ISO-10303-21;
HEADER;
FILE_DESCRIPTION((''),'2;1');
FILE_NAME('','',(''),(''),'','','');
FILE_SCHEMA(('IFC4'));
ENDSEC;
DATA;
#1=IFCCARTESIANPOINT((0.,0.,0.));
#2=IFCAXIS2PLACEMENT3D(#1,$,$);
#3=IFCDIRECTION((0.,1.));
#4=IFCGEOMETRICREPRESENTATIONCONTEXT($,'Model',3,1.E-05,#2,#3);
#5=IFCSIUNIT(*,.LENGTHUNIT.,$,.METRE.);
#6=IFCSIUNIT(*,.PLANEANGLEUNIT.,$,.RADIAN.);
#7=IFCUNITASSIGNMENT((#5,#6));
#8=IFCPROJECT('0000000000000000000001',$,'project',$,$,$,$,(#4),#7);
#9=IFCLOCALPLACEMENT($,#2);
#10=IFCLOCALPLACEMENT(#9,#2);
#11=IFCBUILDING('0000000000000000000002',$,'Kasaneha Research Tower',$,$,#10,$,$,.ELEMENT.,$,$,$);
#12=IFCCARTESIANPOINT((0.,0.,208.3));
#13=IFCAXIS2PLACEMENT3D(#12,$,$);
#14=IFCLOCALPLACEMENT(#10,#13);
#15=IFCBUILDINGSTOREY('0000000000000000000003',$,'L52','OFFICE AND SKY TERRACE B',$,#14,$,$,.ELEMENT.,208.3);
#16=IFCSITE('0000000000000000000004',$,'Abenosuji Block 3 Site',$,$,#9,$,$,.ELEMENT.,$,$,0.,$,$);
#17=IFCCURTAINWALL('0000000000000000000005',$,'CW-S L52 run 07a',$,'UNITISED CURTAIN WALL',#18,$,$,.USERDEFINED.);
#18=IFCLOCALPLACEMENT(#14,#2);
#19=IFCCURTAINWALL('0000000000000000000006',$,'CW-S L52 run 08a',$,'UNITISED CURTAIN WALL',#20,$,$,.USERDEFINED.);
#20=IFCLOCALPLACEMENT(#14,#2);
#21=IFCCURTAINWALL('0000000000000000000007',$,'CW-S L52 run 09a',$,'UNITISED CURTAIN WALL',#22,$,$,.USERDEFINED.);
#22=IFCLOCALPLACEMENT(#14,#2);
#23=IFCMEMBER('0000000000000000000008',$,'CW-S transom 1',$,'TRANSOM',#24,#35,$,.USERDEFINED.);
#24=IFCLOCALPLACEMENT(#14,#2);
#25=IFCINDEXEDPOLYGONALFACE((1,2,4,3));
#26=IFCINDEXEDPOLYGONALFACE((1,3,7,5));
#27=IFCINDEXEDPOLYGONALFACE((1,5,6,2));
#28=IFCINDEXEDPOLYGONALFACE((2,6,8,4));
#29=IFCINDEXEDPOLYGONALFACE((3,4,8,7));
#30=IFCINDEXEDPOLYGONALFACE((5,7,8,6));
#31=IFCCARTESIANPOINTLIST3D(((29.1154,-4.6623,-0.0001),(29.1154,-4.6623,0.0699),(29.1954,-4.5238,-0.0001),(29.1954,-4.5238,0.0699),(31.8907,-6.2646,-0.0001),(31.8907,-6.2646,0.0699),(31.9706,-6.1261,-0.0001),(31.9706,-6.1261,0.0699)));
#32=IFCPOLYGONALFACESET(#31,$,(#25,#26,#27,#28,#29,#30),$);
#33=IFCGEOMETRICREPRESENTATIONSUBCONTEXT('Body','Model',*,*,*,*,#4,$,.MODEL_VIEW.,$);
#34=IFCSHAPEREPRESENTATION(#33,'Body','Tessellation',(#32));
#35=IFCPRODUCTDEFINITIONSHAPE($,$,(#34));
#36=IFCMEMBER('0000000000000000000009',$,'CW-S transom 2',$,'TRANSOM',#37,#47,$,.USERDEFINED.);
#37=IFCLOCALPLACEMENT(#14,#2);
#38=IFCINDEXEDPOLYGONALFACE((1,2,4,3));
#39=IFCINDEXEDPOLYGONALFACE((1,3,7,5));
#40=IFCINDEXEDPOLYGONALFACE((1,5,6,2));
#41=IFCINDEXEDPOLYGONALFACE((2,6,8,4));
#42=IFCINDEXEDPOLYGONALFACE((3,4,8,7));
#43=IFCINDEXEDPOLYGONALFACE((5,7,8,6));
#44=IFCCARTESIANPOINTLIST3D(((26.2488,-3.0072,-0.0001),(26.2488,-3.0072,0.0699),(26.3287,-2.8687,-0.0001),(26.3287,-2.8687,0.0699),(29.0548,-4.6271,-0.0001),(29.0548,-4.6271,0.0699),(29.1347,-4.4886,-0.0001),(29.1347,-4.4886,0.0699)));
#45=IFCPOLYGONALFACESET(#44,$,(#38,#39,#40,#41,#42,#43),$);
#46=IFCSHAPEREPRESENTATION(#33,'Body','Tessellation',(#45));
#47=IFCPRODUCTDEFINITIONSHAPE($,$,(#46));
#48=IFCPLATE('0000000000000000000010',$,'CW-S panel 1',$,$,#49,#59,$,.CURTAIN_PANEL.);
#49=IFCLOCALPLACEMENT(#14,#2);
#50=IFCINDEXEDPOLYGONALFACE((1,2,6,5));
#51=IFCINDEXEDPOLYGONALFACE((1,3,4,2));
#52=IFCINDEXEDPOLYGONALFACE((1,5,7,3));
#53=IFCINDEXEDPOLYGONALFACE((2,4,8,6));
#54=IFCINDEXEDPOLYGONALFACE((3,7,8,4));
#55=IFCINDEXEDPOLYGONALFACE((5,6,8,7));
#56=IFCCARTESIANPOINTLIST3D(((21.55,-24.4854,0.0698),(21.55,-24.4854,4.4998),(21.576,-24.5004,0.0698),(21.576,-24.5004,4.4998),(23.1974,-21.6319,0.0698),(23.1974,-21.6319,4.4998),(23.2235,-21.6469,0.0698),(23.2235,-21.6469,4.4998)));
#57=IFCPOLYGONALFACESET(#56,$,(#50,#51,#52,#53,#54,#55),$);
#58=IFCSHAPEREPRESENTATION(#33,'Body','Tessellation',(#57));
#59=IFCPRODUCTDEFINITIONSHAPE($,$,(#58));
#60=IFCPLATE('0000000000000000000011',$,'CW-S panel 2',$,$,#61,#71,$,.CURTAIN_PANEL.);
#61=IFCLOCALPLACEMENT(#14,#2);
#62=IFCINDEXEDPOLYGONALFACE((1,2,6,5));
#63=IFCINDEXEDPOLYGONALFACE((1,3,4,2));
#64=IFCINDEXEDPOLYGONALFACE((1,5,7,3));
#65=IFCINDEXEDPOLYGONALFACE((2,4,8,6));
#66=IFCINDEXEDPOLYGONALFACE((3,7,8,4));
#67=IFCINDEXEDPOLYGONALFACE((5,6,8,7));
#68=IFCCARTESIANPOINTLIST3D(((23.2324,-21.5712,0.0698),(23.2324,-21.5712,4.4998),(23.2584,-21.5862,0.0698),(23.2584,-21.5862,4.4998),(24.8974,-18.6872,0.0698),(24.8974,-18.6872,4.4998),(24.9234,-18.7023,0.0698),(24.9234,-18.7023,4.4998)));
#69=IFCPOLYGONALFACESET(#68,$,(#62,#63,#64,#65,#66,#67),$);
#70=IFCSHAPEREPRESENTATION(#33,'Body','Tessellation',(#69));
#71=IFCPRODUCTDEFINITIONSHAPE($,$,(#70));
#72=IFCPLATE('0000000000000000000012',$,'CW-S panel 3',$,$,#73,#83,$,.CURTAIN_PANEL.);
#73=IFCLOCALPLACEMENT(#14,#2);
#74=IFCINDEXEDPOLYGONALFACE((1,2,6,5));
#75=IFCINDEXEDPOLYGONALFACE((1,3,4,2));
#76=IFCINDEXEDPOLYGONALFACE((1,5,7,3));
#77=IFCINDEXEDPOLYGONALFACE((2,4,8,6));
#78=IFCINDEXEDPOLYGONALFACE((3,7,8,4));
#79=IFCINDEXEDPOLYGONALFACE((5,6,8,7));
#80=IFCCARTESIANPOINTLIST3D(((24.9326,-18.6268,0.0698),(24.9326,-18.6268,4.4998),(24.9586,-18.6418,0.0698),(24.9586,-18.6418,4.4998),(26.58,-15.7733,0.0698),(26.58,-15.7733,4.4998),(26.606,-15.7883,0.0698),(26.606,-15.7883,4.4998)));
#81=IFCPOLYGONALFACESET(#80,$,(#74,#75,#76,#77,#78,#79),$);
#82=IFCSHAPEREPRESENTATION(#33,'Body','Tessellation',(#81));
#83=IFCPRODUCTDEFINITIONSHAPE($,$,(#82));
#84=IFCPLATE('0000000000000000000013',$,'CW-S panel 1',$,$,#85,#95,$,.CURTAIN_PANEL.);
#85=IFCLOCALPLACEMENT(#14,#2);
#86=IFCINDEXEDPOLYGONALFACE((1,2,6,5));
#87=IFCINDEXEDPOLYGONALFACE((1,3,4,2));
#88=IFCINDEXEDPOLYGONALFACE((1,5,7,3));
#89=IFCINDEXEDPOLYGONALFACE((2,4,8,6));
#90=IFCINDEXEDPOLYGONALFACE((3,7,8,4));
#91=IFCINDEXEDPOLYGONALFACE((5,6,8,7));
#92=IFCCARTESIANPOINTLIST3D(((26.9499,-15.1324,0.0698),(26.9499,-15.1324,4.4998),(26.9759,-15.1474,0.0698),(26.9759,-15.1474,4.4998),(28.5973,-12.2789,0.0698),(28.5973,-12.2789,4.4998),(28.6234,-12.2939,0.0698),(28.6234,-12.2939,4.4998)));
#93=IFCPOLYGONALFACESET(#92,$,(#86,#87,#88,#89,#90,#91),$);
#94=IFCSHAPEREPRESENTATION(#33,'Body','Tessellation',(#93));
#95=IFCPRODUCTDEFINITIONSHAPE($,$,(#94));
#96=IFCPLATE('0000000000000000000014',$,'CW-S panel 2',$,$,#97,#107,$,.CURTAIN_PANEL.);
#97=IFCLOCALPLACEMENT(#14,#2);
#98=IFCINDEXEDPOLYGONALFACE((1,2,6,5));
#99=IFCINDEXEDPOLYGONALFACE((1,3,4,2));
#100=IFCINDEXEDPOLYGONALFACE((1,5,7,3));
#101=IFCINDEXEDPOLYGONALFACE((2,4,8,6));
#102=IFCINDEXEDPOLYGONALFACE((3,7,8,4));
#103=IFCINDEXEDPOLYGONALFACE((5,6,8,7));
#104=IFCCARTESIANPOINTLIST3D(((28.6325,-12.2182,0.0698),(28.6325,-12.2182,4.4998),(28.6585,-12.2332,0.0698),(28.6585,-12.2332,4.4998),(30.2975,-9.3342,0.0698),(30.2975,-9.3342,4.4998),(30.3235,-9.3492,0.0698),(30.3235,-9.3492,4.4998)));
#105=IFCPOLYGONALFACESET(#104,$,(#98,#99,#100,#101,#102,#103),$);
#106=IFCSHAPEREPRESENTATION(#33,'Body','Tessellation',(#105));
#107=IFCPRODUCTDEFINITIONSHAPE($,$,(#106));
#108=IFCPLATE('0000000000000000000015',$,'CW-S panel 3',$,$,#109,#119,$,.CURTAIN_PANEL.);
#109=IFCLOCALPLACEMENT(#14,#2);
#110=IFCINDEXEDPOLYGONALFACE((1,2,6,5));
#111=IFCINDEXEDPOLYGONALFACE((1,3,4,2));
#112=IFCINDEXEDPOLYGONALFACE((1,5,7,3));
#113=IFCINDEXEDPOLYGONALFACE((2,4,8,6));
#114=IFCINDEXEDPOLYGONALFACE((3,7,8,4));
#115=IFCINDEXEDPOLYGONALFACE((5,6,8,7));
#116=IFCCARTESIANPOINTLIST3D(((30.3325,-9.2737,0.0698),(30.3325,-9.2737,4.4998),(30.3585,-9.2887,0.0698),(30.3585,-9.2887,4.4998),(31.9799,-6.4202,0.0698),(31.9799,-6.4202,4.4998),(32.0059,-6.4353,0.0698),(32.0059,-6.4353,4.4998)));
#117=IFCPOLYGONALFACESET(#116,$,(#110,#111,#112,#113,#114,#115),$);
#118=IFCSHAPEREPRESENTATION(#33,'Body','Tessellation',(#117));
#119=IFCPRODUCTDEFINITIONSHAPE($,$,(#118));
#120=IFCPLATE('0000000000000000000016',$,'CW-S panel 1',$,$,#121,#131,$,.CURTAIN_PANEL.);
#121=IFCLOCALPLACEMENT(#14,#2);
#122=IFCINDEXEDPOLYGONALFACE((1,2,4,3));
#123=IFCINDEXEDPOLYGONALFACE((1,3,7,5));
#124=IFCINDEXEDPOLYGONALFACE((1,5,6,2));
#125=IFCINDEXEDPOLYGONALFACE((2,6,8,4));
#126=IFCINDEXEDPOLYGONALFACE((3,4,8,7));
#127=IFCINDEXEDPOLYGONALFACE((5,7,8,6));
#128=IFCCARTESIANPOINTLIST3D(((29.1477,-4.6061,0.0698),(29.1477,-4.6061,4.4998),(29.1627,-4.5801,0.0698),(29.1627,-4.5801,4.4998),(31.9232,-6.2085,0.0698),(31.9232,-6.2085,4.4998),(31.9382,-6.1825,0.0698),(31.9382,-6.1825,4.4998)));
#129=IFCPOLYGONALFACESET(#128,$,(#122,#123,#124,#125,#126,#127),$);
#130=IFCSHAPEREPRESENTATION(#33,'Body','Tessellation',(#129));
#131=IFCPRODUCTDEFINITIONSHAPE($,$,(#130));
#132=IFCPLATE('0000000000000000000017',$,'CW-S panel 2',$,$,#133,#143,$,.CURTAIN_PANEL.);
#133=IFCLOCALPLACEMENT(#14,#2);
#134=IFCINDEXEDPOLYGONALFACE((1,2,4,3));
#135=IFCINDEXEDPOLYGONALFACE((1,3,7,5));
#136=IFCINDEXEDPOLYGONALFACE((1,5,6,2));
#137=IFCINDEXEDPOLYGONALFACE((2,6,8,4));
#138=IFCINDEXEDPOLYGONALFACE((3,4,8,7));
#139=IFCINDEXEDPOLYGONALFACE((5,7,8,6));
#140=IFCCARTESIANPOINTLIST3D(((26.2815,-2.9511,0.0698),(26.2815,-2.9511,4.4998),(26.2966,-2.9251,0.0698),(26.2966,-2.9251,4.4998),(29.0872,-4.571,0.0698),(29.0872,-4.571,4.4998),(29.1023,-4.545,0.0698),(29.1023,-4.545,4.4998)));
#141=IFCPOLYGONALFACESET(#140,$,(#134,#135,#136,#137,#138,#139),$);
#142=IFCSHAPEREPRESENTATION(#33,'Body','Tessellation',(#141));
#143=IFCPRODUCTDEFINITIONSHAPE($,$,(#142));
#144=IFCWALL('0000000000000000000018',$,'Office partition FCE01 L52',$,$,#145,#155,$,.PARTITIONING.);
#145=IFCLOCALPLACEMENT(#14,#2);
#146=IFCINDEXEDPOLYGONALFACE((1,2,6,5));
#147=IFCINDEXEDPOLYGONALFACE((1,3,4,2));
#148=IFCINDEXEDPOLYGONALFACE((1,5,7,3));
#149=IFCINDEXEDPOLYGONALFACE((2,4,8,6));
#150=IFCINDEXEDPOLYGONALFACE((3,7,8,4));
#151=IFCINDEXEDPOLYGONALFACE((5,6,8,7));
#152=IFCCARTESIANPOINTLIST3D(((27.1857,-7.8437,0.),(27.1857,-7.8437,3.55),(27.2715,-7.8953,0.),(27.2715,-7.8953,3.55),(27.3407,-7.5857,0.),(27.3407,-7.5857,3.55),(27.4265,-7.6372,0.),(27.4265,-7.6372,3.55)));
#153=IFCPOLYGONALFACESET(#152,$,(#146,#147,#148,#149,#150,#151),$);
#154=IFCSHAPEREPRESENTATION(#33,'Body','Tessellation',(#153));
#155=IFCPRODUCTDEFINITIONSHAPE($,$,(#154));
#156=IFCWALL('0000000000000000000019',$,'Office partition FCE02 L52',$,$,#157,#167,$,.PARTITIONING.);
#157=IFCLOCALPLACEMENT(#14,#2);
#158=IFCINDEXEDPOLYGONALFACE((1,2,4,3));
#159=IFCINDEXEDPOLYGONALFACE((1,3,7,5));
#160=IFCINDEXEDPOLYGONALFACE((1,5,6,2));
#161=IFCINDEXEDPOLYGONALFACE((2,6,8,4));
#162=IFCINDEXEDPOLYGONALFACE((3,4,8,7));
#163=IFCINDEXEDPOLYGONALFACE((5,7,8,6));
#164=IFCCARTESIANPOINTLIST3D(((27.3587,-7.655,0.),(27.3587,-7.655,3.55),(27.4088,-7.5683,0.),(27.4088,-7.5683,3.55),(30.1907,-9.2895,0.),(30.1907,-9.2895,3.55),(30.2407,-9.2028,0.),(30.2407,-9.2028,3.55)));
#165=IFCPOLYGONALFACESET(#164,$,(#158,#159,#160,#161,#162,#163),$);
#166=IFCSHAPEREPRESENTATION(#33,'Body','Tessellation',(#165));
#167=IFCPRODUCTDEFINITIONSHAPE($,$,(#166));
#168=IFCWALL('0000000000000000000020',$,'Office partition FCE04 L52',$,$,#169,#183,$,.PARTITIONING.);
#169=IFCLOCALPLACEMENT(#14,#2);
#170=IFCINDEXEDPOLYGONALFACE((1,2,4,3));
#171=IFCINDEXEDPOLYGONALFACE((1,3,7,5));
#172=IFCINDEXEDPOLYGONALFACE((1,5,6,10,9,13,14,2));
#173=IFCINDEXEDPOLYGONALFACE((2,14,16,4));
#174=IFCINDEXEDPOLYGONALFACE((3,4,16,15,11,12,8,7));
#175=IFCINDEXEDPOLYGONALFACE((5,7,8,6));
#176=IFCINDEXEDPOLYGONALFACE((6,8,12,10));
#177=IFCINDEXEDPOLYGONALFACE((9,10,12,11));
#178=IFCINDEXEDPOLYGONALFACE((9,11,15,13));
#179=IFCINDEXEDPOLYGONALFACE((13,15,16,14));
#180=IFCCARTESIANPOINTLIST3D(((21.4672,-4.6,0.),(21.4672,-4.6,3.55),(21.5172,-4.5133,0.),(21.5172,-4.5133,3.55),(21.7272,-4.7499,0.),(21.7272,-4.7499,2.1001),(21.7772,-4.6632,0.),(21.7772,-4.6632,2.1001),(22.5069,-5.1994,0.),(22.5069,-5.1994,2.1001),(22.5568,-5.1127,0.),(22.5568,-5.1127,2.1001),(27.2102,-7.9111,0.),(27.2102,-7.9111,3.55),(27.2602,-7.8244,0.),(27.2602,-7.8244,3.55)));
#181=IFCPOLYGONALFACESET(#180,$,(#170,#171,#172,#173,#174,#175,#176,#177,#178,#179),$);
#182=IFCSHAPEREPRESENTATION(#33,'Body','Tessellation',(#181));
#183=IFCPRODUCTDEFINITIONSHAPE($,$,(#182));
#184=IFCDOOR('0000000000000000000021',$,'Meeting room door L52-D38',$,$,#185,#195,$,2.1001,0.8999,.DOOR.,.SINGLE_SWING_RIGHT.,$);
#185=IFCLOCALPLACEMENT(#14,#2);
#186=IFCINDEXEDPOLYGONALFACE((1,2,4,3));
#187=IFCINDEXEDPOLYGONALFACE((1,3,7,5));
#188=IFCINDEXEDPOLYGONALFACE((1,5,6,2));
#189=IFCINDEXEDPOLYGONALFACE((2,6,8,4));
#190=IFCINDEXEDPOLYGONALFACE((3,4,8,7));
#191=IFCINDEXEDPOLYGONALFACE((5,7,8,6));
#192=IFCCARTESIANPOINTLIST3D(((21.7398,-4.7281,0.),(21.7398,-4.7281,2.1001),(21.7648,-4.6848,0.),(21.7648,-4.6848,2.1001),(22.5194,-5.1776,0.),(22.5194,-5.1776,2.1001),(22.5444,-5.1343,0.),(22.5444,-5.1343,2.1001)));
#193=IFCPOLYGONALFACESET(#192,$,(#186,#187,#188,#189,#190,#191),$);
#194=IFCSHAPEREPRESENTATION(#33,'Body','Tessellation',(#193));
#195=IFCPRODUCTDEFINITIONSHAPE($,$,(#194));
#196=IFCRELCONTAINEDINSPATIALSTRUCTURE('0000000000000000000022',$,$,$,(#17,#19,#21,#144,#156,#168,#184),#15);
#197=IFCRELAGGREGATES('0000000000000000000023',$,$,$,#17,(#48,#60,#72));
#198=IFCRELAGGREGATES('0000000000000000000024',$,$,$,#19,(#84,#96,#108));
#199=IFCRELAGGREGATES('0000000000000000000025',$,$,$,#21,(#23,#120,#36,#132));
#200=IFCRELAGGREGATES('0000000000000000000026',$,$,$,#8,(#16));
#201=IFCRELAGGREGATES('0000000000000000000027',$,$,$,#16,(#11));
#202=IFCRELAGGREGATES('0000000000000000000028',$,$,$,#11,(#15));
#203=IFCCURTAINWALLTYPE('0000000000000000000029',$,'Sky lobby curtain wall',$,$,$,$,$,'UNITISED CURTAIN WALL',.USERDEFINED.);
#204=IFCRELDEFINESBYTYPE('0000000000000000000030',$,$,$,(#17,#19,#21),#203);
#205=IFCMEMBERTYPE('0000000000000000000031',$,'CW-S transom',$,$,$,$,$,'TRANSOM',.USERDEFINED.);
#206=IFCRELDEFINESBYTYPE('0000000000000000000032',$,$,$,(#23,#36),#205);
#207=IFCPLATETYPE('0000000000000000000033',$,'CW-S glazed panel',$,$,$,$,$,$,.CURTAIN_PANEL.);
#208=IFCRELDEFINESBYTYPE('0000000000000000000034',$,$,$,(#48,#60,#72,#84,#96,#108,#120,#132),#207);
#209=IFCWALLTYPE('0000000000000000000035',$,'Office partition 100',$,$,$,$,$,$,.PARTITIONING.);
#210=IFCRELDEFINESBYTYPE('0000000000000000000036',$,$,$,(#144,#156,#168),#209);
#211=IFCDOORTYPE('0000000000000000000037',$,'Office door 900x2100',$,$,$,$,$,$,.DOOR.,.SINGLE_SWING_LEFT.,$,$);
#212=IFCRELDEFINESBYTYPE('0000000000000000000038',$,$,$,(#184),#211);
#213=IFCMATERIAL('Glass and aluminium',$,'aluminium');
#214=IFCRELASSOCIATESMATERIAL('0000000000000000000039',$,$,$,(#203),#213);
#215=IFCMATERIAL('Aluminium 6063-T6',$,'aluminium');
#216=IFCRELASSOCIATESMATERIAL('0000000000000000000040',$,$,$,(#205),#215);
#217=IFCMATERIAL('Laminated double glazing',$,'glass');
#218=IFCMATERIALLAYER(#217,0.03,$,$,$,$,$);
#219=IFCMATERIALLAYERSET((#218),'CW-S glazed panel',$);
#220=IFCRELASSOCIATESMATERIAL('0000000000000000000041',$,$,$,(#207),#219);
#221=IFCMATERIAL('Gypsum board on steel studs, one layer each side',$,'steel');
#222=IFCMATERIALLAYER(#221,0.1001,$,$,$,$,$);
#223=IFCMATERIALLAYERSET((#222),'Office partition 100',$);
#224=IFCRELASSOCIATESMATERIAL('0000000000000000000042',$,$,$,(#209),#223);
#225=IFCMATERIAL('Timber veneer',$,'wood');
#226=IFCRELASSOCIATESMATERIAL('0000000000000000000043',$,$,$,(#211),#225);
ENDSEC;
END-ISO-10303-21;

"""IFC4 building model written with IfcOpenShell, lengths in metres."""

from ifc_helpers import new_model, si_unit, direction, frame, frame_2d, origin, origin_2d, place, context, subcontext, project, spatial, rectangle, extrude, material, layer, layer_set, material_profile, profile_set, type_object, element, fill, aggregate, save


model = new_model("IFC4")

# Units and contexts
model_context = context("Model", 3, precision=1e-05, world=origin(), true_north=direction((0.0, 1.0)))
body_context = subcontext(model_context, "Body", "Model", "MODEL_VIEW")
ifc_project = project(units=[si_unit("LENGTHUNIT", "METRE"), si_unit("PLANEANGLEUNIT", "RADIAN")], contexts=[model_context])

# Site, building, storey
site_placement = place(None, origin())
site = spatial("IfcSite", under=ifc_project, at=site_placement, Name="Abenosuji Block 3 Site", CompositionType="ELEMENT", RefElevation=0.0)
building_placement = place(site_placement, origin())
building = spatial("IfcBuilding", under=site, at=building_placement, Name="Kasaneha Research Tower", CompositionType="ELEMENT")
storey_placement = place(building_placement, frame((0.0, 0.0, 208.3)))
storey = spatial("IfcBuildingStorey", under=building, at=storey_placement, Name="L52", Description="OFFICE AND SKY TERRACE B", CompositionType="ELEMENT", Elevation=208.3)

# Curtain walls
ifc_material_1 = material(Name="Glass and aluminium", Category="aluminium")
curtain_wall_type = type_object("IfcCurtainWallType", Name="Sky lobby curtain wall", ElementType="UNITISED CURTAIN WALL", PredefinedType="USERDEFINED", material=ifc_material_1)
curtain_wall_1_placement = place(storey_placement, origin())
curtain_wall_1 = element("IfcCurtainWall", 1, at=curtain_wall_1_placement, inside=storey, type_object=curtain_wall_type, Name="CW-S L52 run 07a", ObjectType="UNITISED CURTAIN WALL", PredefinedType="USERDEFINED")
curtain_wall_2_placement = place(storey_placement, origin())
curtain_wall_2 = element("IfcCurtainWall", 2, at=curtain_wall_2_placement, inside=storey, type_object=curtain_wall_type, Name="CW-S L52 run 08a", ObjectType="UNITISED CURTAIN WALL", PredefinedType="USERDEFINED")
curtain_wall_3_placement = place(storey_placement, origin())
curtain_wall_3 = element("IfcCurtainWall", 3, at=curtain_wall_3_placement, inside=storey, type_object=curtain_wall_type, Name="CW-S L52 run 09a", ObjectType="UNITISED CURTAIN WALL", PredefinedType="USERDEFINED")

# Members
ifc_material_2 = material(Name="Aluminium 6063-T6", Category="aluminium")
ifc_material_profile_1 = material_profile(ifc_material_2, rectangle(XDim=0.1599, YDim=0.0701, at=origin_2d()), Name="CW-S transom 160x70")
ifc_profile_set_1 = profile_set([ifc_material_profile_1], Name="Aluminium 6063-T6")
member_type_1 = type_object("IfcMemberType", Name="CW-S transom", ElementType="TRANSOM", PredefinedType="USERDEFINED", material=ifc_profile_set_1)
member_1_placement = place(storey_placement, frame((31.9307, -6.1953, 0.0349), z_axis=(-0.866036, 0.499982, 0.0), x_axis=(-0.499982, -0.866036, 0.0)))
member_1 = element("IfcMember", 4, at=member_1_placement, type_object=member_type_1, Name="CW-S transom 1", ObjectType="TRANSOM", PredefinedType="USERDEFINED", context=body_context, shape_type="SweptSolid", body=[
    extrude(rectangle(XDim=0.1599, YDim=0.0701, at=origin_2d()), origin(), (0.0, 0.0, 1.0), 3.2046),
])
member_2_placement = place(storey_placement, frame((29.0947, -4.5579, 0.0349), z_axis=(-0.866041, 0.499972, 0.0), x_axis=(-0.499972, -0.866041, 0.0)))
member_2 = element("IfcMember", 5, at=member_2_placement, type_object=member_type_1, Name="CW-S transom 2", ObjectType="TRANSOM", PredefinedType="USERDEFINED", context=body_context, shape_type="SweptSolid", body=[
    extrude(rectangle(XDim=0.1599, YDim=0.0701, at=origin_2d()), origin(), (0.0, 0.0, 1.0), 3.24),
])

# Plates
ifc_material_3 = material(Name="Laminated double glazing", Category="glass")
ifc_layer_1 = layer(ifc_material_3, 0.03)
ifc_layer_set_1 = layer_set([ifc_layer_1], Name="CW-S glazed panel")
plate_type = type_object("IfcPlateType", Name="CW-S glazed panel", PredefinedType="CURTAIN_PANEL", material=ifc_layer_set_1)
plate_1_placement = place(storey_placement, frame((22.3867, -23.0662, 0.0698), z_axis=(0.0, 0.0, 1.0), x_axis=(0.5, 0.866025, 0.0)))
plate_1 = element("IfcPlate", 6, at=plate_1_placement, type_object=plate_type, Name="CW-S panel 1", PredefinedType="CURTAIN_PANEL", context=body_context, shape_type="SweptSolid", body=[
    extrude(rectangle(XDim=3.2949, YDim=0.03, at=origin_2d()), origin(), (0.0, 0.0, 1.0), 4.4299),
])
plate_2_placement = place(storey_placement, frame((24.0779, -20.1367, 0.0698), z_axis=(0.0, 0.0, 1.0), x_axis=(0.5, 0.866025, 0.0)))
plate_2 = element("IfcPlate", 7, at=plate_2_placement, type_object=plate_type, Name="CW-S panel 2", PredefinedType="CURTAIN_PANEL", context=body_context, shape_type="SweptSolid", body=[
    extrude(rectangle(XDim=3.3301, YDim=0.03, at=origin_2d()), origin(), (0.0, 0.0, 1.0), 4.4299),
])
plate_3_placement = place(storey_placement, frame((25.7693, -17.2075, 0.0698), z_axis=(0.0, 0.0, 1.0), x_axis=(0.5, 0.866025, 0.0)))
plate_3 = element("IfcPlate", 8, at=plate_3_placement, type_object=plate_type, Name="CW-S panel 3", PredefinedType="CURTAIN_PANEL", context=body_context, shape_type="SweptSolid", body=[
    extrude(rectangle(XDim=3.2949, YDim=0.03, at=origin_2d()), origin(), (0.0, 0.0, 1.0), 4.4299),
])
aggregate(curtain_wall_1, [plate_1, plate_2, plate_3])
plate_4_placement = place(storey_placement, frame((27.7866, -13.7131, 0.0698), z_axis=(0.0, 0.0, 1.0), x_axis=(0.5, 0.866025, 0.0)))
plate_4 = element("IfcPlate", 9, at=plate_4_placement, type_object=plate_type, Name="CW-S panel 1", PredefinedType="CURTAIN_PANEL", context=body_context, shape_type="SweptSolid", body=[
    extrude(rectangle(XDim=3.2949, YDim=0.03, at=origin_2d()), origin(), (0.0, 0.0, 1.0), 4.4299),
])
plate_5_placement = place(storey_placement, frame((29.478, -10.7837, 0.0698), z_axis=(0.0, 0.0, 1.0), x_axis=(0.5, 0.866025, 0.0)))
plate_5 = element("IfcPlate", 10, at=plate_5_placement, type_object=plate_type, Name="CW-S panel 2", PredefinedType="CURTAIN_PANEL", context=body_context, shape_type="SweptSolid", body=[
    extrude(rectangle(XDim=3.3301, YDim=0.03, at=origin_2d()), origin(), (0.0, 0.0, 1.0), 4.4299),
])
plate_6_placement = place(storey_placement, frame((31.1692, -7.8545, 0.0698), z_axis=(0.0, 0.0, 1.0), x_axis=(0.5, 0.866025, 0.0)))
plate_6 = element("IfcPlate", 11, at=plate_6_placement, type_object=plate_type, Name="CW-S panel 3", PredefinedType="CURTAIN_PANEL", context=body_context, shape_type="SweptSolid", body=[
    extrude(rectangle(XDim=3.2949, YDim=0.03, at=origin_2d()), origin(), (0.0, 0.0, 1.0), 4.4299),
])
aggregate(curtain_wall_2, [plate_4, plate_5, plate_6])
plate_7_placement = place(storey_placement, frame((30.543, -5.3943, 0.0698), z_axis=(0.0, 0.0, 1.0), x_axis=(-0.866025, 0.5, 0.0)))
plate_7 = element("IfcPlate", 12, at=plate_7_placement, type_object=plate_type, Name="CW-S panel 1", PredefinedType="CURTAIN_PANEL", context=body_context, shape_type="SweptSolid", body=[
    extrude(rectangle(XDim=3.2048, YDim=0.03, at=origin_2d()), origin(), (0.0, 0.0, 1.0), 4.4299),
])
plate_8_placement = place(storey_placement, frame((27.6919, -3.748, 0.0698), z_axis=(0.0, 0.0, 1.0), x_axis=(-0.866025, 0.5, 0.0)))
plate_8 = element("IfcPlate", 13, at=plate_8_placement, type_object=plate_type, Name="CW-S panel 2", PredefinedType="CURTAIN_PANEL", context=body_context, shape_type="SweptSolid", body=[
    extrude(rectangle(XDim=3.2397, YDim=0.03, at=origin_2d()), origin(), (0.0, 0.0, 1.0), 4.4299),
])
aggregate(curtain_wall_3, [member_1, plate_7, member_2, plate_8])

# Walls
ifc_material_4 = material(Name="Gypsum board on steel studs, one layer each side", Category="steel")
ifc_layer_2 = layer(ifc_material_4, 0.1001)
ifc_layer_set_2 = layer_set([ifc_layer_2], Name="Office partition 100")
wall_type = type_object("IfcWallType", Name="Office partition 100", PredefinedType="PARTITIONING", material=ifc_layer_set_2)
wall_1_placement = place(storey_placement, frame((27.3835, -7.6116, 0.0), z_axis=(0.0, 0.0, 1.0), x_axis=(-0.514973, -0.857207, 0.0)))
element("IfcWall", 14, at=wall_1_placement, inside=storey, type_object=wall_type, Name="Office partition FCE01 L52", PredefinedType="PARTITIONING", context=body_context, shape_type="SweptSolid", body=[
    extrude(rectangle(XDim=0.301, YDim=0.1001, at=frame_2d((0.1504, 0.0))), origin(), (0.0, 0.0, 1.0), 3.55),
])
wall_2_placement = place(storey_placement, frame((30.2156, -9.2461, 0.0), z_axis=(0.0, 0.0, 1.0), x_axis=(-0.866099, 0.499873, 0.0)))
element("IfcWall", 15, at=wall_2_placement, inside=storey, type_object=wall_type, Name="Office partition FCE02 L52", PredefinedType="PARTITIONING", context=body_context, shape_type="SweptSolid", body=[
    extrude(rectangle(XDim=3.2698, YDim=0.1001, at=frame_2d((1.6348, 0.0))), origin(), (0.0, 0.0, 1.0), 3.55),
])

# Wall, opening, door
wall_3_placement = place(storey_placement, frame((27.2351, -7.8677, 0.0), z_axis=(0.0, 0.0, 1.0), x_axis=(-0.866328, 0.499475, 0.0)))
wall_3 = element("IfcWall", 16, at=wall_3_placement, inside=storey, type_object=wall_type, Name="Office partition FCE04 L52", PredefinedType="PARTITIONING", context=body_context, shape_type="SweptSolid", body=[
    extrude(rectangle(XDim=6.6292, YDim=0.1001, at=frame_2d((3.3145, 0.0))), origin(), (0.0, 0.0, 1.0), 3.55),
])
opening_1_placement = place(wall_3_placement, frame((5.429, 0.0, 0.0)))
opening_1 = element("IfcOpeningElement", 17, at=opening_1_placement, cuts=wall_3, PredefinedType="OPENING", context=body_context, shape_type="SweptSolid", body=[
    extrude(rectangle(XDim=0.8999, YDim=2.1001, at=frame_2d((0.45, 1.05))), frame((0.0, 0.0601, 0.0), z_axis=(0.0, -1.0, 0.0), x_axis=(1.0, 0.0, 0.0)), (0.0, 0.0, 1.0), 0.1201),
])
ifc_material_5 = material(Name="Timber veneer", Category="wood")
door_type = type_object("IfcDoorType", Name="Office door 900x2100", OperationType="SINGLE_SWING_LEFT", PredefinedType="DOOR", material=ifc_material_5)
door_1_placement = place(opening_1_placement, origin())
door_1 = element("IfcDoor", 18, at=door_1_placement, inside=storey, type_object=door_type, Name="Meeting room door L52-D38", OperationType="SINGLE_SWING_RIGHT", OverallHeight=2.1001, OverallWidth=0.8999, PredefinedType="DOOR", context=body_context, shape_type="SweptSolid", body=[
    extrude(rectangle(XDim=0.8999, YDim=2.1001, at=frame_2d((0.45, 1.05))), frame((0.0, 0.0249, 0.0), z_axis=(0.0, -1.0, 0.0), x_axis=(1.0, 0.0, 0.0)), (0.0, 0.0, 1.0), 0.05),
])
fill(opening_1, door_1)

save(model, "model.ifc")
